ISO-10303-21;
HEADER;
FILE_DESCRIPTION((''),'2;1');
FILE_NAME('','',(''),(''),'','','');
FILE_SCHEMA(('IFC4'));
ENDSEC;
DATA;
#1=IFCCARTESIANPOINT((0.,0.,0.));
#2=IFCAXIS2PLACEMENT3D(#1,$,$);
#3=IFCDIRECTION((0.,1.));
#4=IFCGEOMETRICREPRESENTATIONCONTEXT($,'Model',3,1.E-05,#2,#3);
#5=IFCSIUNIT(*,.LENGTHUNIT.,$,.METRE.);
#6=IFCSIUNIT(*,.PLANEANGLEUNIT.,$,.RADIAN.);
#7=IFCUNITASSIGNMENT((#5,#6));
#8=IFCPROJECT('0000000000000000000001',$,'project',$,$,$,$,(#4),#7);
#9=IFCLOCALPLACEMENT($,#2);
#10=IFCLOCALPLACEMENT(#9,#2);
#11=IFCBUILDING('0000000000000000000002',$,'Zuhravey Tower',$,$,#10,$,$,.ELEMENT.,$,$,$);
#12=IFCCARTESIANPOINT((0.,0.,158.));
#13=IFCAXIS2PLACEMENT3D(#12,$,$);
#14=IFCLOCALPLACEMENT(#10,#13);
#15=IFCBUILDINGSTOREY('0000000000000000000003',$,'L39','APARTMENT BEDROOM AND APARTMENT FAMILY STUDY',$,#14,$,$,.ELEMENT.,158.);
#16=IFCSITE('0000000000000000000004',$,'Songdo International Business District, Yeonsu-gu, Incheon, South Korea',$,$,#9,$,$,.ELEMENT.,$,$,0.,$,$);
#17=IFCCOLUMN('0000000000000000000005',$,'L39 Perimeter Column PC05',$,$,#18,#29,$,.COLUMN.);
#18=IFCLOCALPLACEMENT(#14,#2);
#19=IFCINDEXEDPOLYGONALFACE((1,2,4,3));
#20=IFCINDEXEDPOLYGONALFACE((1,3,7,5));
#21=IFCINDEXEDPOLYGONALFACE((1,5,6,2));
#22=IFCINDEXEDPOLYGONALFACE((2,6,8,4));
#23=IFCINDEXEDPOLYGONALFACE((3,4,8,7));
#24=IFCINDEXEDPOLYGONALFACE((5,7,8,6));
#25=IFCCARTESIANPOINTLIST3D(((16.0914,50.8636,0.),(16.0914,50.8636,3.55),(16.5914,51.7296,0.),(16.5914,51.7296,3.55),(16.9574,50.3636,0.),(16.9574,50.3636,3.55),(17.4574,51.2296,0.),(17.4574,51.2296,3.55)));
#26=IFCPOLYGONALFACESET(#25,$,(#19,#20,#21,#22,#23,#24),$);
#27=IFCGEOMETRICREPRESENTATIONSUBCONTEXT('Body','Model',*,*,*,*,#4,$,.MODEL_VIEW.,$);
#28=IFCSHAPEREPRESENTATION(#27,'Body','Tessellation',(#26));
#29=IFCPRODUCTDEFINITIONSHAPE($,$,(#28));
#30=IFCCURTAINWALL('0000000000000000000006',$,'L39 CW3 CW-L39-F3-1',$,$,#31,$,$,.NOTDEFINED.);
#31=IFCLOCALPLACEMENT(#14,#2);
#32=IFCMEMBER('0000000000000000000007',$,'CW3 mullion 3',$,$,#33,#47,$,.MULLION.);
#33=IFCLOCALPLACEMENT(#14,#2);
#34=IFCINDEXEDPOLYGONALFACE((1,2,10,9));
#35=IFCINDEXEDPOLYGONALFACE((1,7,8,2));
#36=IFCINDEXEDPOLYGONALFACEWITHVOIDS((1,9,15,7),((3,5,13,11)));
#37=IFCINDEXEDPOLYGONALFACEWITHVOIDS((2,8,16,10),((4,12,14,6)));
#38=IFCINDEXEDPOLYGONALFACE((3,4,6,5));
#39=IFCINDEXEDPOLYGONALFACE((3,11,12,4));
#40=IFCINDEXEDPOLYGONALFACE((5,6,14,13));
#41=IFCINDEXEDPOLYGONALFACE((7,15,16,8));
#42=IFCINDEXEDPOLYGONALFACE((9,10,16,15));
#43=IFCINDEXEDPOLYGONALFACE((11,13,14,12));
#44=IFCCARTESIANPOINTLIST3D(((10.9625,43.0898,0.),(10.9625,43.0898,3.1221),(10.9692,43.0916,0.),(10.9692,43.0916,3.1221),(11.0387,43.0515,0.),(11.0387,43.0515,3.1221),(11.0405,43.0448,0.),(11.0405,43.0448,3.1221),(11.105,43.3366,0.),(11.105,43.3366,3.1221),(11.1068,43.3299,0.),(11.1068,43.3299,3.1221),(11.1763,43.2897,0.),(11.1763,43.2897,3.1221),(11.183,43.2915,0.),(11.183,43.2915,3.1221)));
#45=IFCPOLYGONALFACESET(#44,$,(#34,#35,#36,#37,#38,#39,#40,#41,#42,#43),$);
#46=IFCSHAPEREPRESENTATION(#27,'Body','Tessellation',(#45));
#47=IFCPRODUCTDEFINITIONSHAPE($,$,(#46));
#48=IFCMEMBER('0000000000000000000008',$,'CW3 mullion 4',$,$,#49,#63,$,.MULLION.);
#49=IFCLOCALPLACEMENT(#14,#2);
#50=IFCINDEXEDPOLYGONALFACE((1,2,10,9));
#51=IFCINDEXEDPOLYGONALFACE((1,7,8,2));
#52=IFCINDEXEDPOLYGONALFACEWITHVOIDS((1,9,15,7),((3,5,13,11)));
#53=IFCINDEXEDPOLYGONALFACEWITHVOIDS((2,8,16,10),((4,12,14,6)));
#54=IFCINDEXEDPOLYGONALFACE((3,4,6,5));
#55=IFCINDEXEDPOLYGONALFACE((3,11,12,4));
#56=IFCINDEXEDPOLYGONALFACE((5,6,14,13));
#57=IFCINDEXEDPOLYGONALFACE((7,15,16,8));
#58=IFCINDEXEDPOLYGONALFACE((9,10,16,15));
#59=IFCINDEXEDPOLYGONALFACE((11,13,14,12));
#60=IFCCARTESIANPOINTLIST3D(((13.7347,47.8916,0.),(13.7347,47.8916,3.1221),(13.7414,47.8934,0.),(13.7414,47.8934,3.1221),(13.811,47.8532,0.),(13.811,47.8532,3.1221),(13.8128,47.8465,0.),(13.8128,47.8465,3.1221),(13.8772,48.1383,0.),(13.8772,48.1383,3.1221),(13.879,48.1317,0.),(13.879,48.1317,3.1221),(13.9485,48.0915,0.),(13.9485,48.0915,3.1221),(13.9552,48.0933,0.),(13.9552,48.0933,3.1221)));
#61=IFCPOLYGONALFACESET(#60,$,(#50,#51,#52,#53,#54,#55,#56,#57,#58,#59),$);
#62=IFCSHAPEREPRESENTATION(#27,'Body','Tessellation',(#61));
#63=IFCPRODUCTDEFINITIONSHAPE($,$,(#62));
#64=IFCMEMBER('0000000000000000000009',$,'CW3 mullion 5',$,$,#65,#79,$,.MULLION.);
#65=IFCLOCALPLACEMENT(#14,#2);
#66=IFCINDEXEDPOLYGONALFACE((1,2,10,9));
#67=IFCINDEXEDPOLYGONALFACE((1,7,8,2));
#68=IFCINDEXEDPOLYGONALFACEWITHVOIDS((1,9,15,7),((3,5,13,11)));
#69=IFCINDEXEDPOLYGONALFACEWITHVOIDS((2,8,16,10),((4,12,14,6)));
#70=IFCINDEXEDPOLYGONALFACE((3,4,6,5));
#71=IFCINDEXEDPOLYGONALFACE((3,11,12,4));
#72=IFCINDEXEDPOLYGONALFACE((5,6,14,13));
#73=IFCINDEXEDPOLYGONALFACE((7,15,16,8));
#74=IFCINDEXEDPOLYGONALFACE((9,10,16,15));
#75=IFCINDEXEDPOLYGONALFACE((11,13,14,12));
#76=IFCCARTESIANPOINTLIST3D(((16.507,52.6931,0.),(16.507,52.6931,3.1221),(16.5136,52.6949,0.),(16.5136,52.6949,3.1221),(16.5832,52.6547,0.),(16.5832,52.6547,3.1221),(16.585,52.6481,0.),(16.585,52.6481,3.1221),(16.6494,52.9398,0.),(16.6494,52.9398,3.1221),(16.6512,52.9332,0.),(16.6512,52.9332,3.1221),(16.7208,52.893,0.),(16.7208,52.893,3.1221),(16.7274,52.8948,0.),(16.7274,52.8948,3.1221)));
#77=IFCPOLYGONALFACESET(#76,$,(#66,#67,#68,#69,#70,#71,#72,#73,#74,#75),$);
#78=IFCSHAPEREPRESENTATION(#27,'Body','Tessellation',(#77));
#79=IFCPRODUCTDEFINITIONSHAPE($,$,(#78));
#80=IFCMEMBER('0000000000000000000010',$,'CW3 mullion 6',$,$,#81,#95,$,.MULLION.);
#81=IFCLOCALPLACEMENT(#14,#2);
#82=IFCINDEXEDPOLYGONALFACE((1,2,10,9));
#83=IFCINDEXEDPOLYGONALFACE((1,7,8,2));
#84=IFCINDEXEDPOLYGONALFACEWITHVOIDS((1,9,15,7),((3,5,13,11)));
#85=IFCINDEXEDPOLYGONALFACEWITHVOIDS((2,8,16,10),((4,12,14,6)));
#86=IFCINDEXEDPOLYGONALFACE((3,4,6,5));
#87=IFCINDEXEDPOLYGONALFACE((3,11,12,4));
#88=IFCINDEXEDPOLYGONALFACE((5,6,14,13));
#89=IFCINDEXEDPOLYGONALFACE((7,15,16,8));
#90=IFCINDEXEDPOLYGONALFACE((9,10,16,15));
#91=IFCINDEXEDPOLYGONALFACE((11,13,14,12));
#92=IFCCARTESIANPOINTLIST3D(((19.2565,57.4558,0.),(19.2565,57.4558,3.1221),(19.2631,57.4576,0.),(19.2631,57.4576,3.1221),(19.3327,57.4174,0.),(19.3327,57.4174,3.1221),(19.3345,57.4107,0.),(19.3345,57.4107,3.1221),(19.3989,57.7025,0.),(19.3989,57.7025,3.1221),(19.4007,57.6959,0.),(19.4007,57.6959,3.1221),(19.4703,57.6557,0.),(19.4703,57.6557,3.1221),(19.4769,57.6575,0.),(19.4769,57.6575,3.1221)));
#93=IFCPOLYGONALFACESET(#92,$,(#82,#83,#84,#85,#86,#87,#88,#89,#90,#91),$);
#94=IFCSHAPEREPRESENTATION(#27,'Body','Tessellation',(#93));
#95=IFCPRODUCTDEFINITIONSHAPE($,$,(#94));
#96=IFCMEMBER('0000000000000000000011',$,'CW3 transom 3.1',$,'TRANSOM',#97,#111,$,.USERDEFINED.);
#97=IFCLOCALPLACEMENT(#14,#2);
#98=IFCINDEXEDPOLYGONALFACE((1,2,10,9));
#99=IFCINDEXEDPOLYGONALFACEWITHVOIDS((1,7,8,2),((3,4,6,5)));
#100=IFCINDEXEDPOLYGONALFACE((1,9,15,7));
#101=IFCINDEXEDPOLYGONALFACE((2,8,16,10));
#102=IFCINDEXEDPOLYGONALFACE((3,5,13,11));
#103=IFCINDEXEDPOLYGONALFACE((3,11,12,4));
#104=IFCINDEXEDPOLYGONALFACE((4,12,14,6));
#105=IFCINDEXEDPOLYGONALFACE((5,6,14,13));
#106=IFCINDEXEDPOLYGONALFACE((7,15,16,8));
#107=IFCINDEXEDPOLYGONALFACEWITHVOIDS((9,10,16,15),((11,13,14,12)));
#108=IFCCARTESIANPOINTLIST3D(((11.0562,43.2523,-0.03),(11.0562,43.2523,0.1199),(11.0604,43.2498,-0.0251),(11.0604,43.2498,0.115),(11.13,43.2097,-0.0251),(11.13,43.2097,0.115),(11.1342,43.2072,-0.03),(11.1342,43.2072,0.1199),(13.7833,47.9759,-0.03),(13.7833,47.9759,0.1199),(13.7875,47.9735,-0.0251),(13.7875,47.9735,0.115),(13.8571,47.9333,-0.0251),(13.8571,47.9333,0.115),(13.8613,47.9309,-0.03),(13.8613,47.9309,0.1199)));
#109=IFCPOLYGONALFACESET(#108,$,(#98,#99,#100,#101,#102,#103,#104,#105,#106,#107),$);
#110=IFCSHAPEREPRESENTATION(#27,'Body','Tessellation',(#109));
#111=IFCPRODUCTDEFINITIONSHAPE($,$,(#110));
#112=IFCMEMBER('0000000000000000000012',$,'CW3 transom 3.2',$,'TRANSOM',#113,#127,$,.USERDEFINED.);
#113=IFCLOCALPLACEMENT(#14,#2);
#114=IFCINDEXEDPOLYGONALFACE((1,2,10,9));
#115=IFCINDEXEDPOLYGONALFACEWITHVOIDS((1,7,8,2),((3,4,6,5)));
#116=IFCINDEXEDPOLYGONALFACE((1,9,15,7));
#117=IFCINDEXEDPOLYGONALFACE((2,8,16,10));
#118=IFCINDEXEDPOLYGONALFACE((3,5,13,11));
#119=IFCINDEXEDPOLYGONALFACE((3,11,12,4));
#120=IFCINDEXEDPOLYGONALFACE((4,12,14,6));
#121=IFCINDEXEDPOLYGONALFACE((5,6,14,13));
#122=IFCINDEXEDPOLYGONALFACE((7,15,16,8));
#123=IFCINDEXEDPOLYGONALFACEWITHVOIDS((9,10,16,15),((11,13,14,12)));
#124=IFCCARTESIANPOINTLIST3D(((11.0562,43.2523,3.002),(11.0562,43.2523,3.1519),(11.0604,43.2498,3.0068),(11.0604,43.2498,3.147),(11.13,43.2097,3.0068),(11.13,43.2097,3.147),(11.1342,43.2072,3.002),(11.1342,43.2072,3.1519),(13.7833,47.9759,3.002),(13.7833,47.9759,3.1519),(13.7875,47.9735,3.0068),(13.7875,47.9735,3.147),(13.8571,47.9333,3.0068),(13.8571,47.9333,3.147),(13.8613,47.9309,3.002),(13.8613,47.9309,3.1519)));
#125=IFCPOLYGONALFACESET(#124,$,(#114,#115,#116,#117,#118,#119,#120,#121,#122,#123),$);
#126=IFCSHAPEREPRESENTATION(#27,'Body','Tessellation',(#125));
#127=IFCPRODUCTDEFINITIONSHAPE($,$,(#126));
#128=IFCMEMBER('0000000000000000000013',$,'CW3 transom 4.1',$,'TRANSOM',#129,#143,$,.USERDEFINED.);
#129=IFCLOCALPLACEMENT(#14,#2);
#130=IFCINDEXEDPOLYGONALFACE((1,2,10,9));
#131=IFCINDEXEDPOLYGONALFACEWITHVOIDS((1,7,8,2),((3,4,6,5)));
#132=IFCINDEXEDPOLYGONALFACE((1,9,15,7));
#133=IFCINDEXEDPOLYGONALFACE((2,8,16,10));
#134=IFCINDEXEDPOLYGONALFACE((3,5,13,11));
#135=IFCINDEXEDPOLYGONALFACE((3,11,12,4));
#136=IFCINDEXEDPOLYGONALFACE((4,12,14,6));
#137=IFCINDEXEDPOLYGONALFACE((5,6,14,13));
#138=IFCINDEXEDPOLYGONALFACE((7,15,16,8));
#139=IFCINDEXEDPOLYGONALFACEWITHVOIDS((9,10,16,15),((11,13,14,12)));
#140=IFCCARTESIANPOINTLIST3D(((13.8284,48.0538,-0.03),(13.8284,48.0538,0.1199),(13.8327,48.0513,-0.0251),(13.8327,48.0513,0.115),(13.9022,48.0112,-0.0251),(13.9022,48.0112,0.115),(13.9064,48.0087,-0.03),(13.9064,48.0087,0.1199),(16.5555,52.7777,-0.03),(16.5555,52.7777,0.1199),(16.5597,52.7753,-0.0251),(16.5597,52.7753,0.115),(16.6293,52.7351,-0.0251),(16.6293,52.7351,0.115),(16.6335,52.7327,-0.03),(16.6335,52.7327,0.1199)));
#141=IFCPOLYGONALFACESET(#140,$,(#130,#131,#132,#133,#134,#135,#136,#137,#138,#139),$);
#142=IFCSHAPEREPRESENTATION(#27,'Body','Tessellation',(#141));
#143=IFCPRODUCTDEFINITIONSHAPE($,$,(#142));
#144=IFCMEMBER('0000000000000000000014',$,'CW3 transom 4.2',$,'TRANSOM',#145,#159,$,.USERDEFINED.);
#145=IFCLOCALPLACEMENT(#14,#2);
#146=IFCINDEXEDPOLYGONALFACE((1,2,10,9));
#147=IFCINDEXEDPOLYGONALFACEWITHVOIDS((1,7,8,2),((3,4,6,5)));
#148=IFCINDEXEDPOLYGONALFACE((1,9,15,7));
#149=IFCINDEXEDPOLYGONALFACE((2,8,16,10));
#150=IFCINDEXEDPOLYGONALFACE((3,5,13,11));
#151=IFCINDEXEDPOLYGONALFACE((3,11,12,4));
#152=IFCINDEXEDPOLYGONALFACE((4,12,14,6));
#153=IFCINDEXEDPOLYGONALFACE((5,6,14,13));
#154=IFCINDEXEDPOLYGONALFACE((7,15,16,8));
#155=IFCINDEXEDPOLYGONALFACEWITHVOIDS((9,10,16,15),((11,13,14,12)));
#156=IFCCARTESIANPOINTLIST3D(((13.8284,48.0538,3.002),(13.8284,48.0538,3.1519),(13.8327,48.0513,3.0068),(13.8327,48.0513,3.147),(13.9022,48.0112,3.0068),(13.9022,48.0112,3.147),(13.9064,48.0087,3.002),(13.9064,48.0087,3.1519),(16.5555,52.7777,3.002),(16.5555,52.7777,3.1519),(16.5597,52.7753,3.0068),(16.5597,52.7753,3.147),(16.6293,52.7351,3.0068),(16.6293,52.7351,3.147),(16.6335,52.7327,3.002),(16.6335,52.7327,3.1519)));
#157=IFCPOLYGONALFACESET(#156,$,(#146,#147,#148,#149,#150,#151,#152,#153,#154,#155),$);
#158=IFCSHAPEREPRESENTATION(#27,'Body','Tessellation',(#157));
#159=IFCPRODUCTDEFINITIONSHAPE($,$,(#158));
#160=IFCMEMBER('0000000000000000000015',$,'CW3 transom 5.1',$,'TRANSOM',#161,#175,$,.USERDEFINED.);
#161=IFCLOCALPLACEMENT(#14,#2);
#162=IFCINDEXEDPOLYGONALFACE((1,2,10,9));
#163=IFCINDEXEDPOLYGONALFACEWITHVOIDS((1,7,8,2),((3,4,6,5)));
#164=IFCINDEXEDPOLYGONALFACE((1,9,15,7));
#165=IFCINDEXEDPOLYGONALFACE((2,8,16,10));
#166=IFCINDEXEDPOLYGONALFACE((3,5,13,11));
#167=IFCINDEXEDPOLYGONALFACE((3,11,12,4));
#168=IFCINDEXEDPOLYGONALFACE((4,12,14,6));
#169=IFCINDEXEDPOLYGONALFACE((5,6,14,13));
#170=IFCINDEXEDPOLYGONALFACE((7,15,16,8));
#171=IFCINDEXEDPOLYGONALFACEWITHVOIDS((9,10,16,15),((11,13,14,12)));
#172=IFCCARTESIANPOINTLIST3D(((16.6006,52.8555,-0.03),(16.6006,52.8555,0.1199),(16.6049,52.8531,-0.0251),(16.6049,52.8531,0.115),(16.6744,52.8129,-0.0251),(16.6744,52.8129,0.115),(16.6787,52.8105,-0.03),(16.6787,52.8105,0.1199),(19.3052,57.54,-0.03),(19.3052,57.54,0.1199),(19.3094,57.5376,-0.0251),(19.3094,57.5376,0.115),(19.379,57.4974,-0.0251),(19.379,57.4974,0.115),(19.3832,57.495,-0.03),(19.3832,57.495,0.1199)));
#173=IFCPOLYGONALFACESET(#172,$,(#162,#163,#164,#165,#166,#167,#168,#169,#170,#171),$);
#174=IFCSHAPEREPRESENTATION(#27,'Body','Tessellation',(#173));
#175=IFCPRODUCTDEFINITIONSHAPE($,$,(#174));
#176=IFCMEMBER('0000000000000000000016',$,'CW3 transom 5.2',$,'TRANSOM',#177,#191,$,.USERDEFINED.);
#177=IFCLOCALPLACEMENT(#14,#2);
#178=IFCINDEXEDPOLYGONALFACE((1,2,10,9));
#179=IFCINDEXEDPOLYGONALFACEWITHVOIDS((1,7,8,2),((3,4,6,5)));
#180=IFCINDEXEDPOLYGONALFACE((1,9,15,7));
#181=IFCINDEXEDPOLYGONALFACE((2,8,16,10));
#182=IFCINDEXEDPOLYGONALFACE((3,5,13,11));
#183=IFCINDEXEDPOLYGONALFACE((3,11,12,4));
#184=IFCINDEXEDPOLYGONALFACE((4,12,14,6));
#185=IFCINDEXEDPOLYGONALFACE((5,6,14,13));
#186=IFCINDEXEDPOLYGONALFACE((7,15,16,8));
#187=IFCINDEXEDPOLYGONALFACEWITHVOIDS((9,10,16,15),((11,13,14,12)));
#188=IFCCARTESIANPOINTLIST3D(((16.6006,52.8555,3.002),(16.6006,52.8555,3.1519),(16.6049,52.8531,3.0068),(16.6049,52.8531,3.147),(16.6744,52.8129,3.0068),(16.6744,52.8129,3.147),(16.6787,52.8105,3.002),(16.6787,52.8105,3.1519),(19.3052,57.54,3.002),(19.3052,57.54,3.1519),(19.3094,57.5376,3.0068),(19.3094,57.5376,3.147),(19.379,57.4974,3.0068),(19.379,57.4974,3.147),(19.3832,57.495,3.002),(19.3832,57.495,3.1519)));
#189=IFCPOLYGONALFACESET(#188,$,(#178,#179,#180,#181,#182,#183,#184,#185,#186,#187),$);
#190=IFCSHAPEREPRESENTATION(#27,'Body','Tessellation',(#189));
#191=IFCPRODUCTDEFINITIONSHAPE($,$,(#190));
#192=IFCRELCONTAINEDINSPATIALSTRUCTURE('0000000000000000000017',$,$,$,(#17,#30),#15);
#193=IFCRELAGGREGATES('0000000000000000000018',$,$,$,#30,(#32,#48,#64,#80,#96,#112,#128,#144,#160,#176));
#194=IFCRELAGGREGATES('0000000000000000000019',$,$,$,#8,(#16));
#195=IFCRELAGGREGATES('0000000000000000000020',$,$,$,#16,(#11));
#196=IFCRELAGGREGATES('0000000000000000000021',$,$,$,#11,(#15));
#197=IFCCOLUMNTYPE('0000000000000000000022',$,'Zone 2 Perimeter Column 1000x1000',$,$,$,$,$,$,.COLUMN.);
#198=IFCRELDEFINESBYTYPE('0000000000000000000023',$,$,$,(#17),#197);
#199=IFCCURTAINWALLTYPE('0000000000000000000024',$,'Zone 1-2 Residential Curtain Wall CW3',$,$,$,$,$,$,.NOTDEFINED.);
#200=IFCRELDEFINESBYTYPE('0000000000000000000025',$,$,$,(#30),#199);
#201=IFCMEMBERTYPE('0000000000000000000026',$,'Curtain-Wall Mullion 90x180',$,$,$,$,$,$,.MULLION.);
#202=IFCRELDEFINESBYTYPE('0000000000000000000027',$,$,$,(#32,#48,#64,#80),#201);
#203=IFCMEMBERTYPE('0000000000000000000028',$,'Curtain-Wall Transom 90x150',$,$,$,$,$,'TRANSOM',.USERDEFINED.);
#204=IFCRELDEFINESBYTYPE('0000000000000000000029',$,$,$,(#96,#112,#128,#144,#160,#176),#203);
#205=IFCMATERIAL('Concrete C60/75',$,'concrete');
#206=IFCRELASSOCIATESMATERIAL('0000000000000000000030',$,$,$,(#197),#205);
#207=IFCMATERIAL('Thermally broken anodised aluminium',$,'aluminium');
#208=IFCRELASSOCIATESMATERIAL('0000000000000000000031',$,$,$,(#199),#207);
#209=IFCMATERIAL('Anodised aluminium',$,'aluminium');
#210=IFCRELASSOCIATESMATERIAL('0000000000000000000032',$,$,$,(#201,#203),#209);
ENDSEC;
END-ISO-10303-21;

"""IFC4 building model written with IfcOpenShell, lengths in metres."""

from ifc_helpers import new_model, si_unit, direction, frame, origin, origin_2d, place, context, subcontext, project, spatial, rectangle, hollow_rectangle, extrude, material, material_profile, profile_set, type_object, element, aggregate, save


model = new_model("IFC4")

# Units and contexts
model_context = context("Model", 3, precision=1e-05, world=origin(), true_north=direction((0.0, 1.0)))
body_context = subcontext(model_context, "Body", "Model", "MODEL_VIEW")
ifc_project = project(units=[si_unit("LENGTHUNIT", "METRE"), si_unit("PLANEANGLEUNIT", "RADIAN")], contexts=[model_context])

# Site, building, storey
site_placement = place(None, origin())
site = spatial("IfcSite", under=ifc_project, at=site_placement, Name="Songdo International Business District, Yeonsu-gu, Incheon, South Korea", CompositionType="ELEMENT", RefElevation=0.0)
building_placement = place(site_placement, origin())
building = spatial("IfcBuilding", under=site, at=building_placement, Name="Zuhravey Tower", CompositionType="ELEMENT")
storey_placement = place(building_placement, frame((0.0, 0.0, 158.0)))
storey = spatial("IfcBuildingStorey", under=building, at=storey_placement, Name="L39", Description="APARTMENT BEDROOM AND APARTMENT FAMILY STUDY", CompositionType="ELEMENT", Elevation=158.0)

# Column
ifc_material_1 = material(Name="Concrete C60/75", Category="concrete")
ifc_material_profile_1 = material_profile(ifc_material_1, rectangle(XDim=1.0, YDim=1.0, at=origin_2d()), Name="RC-1000x1000")
ifc_profile_set_1 = profile_set([ifc_material_profile_1], Name="Concrete C60/75")
column_type = type_object("IfcColumnType", Name="Zone 2 Perimeter Column 1000x1000", PredefinedType="COLUMN", material=ifc_profile_set_1)
column_placement = place(storey_placement, frame((16.7744, 51.0466, 0.0), z_axis=(0.0, 0.0, 1.0), x_axis=(-0.5, -0.866025, 0.0)))
element("IfcColumn", 1, at=column_placement, inside=storey, type_object=column_type, Name="L39 Perimeter Column PC05", PredefinedType="COLUMN", context=body_context, shape_type="SweptSolid", body=[
    extrude(rectangle(XDim=1.0, YDim=1.0, at=origin_2d()), origin(), (0.0, 0.0, 1.0), 3.55),
])

# Curtain wall, members
ifc_material_2 = material(Name="Thermally broken anodised aluminium", Category="aluminium")
curtain_wall_type = type_object("IfcCurtainWallType", Name="Zone 1-2 Residential Curtain Wall CW3", PredefinedType="NOTDEFINED", material=ifc_material_2)
curtain_wall_placement = place(storey_placement, origin())
curtain_wall = element("IfcCurtainWall", 2, at=curtain_wall_placement, inside=storey, type_object=curtain_wall_type, Name="L39 CW3 CW-L39-F3-1", PredefinedType="NOTDEFINED")
ifc_material_3 = material(Name="Anodised aluminium", Category="aluminium")
ifc_material_profile_2 = material_profile(ifc_material_3, hollow_rectangle(XDim=0.0901, YDim=0.2849, WallThickness=0.0049, at=origin_2d()), Name="ALU-RHS-90x285x5")
ifc_profile_set_2 = profile_set([ifc_material_profile_2], Name="Anodised aluminium")
member_type_1 = type_object("IfcMemberType", Name="Curtain-Wall Mullion 90x180", PredefinedType="MULLION", material=ifc_profile_set_2)
member_1_placement = place(storey_placement, frame((11.0728, 43.1907, 0.0), z_axis=(0.0, 0.0, 1.0), x_axis=(-0.866025, 0.5, 0.0)))
member_1 = element("IfcMember", 3, at=member_1_placement, type_object=member_type_1, Name="CW3 mullion 3", PredefinedType="MULLION", context=body_context, shape_type="SweptSolid", body=[
    extrude(hollow_rectangle(XDim=0.0901, YDim=0.2849, WallThickness=0.0049, at=origin_2d()), origin(), (0.0, 0.0, 1.0), 3.1221),
])
member_2_placement = place(storey_placement, frame((13.845, 47.9924, 0.0), z_axis=(0.0, 0.0, 1.0), x_axis=(-0.866025, 0.5, 0.0)))
member_2 = element("IfcMember", 4, at=member_2_placement, type_object=member_type_1, Name="CW3 mullion 4", PredefinedType="MULLION", context=body_context, shape_type="SweptSolid", body=[
    extrude(hollow_rectangle(XDim=0.0901, YDim=0.2849, WallThickness=0.0049, at=origin_2d()), origin(), (0.0, 0.0, 1.0), 3.1221),
])
member_3_placement = place(storey_placement, frame((16.6172, 52.7939, 0.0), z_axis=(0.0, 0.0, 1.0), x_axis=(-0.866025, 0.5, 0.0)))
member_3 = element("IfcMember", 5, at=member_3_placement, type_object=member_type_1, Name="CW3 mullion 5", PredefinedType="MULLION", context=body_context, shape_type="SweptSolid", body=[
    extrude(hollow_rectangle(XDim=0.0901, YDim=0.2849, WallThickness=0.0049, at=origin_2d()), origin(), (0.0, 0.0, 1.0), 3.1221),
])
member_4_placement = place(storey_placement, frame((19.3667, 57.5566, 0.0), z_axis=(0.0, 0.0, 1.0), x_axis=(-0.866025, 0.5, 0.0)))
member_4 = element("IfcMember", 6, at=member_4_placement, type_object=member_type_1, Name="CW3 mullion 6", PredefinedType="MULLION", context=body_context, shape_type="SweptSolid", body=[
    extrude(hollow_rectangle(XDim=0.0901, YDim=0.2849, WallThickness=0.0049, at=origin_2d()), origin(), (0.0, 0.0, 1.0), 3.1221),
])
ifc_material_profile_3 = material_profile(ifc_material_3, hollow_rectangle(XDim=0.0901, YDim=0.1499, WallThickness=0.0049, at=origin_2d()), Name="ALU-RHS-90x150x5")
ifc_profile_set_3 = profile_set([ifc_material_profile_3], Name="Anodised aluminium")
member_type_2 = type_object("IfcMemberType", Name="Curtain-Wall Transom 90x150", ElementType="TRANSOM", PredefinedType="USERDEFINED", material=ifc_profile_set_3)
member_5_placement = place(storey_placement, frame((11.0952, 43.2297, 0.0449), z_axis=(0.499981, 0.866037, 0.0), x_axis=(-0.866037, 0.499981, 0.0)))
member_5 = element("IfcMember", 7, at=member_5_placement, type_object=member_type_2, Name="CW3 transom 3.1", ObjectType="TRANSOM", PredefinedType="USERDEFINED", context=body_context, shape_type="SweptSolid", body=[
    extrude(hollow_rectangle(XDim=0.0901, YDim=0.1499, WallThickness=0.0049, at=origin_2d()), origin(), (0.0, 0.0, 1.0), 5.4543),
])
member_6_placement = place(storey_placement, frame((11.0952, 43.2297, 3.0769), z_axis=(0.499981, 0.866037, 0.0), x_axis=(-0.866037, 0.499981, 0.0)))
member_6 = element("IfcMember", 8, at=member_6_placement, type_object=member_type_2, Name="CW3 transom 3.2", ObjectType="TRANSOM", PredefinedType="USERDEFINED", context=body_context, shape_type="SweptSolid", body=[
    extrude(hollow_rectangle(XDim=0.0901, YDim=0.1499, WallThickness=0.0049, at=origin_2d()), origin(), (0.0, 0.0, 1.0), 5.4543),
])
member_7_placement = place(storey_placement, frame((13.8674, 48.0312, 0.0449), z_axis=(0.499961, 0.866048, 0.0), x_axis=(-0.866048, 0.499961, 0.0)))
member_7 = element("IfcMember", 9, at=member_7_placement, type_object=member_type_2, Name="CW3 transom 4.1", ObjectType="TRANSOM", PredefinedType="USERDEFINED", context=body_context, shape_type="SweptSolid", body=[
    extrude(hollow_rectangle(XDim=0.0901, YDim=0.1499, WallThickness=0.0049, at=origin_2d()), origin(), (0.0, 0.0, 1.0), 5.4546),
])
member_8_placement = place(storey_placement, frame((13.8674, 48.0312, 3.0769), z_axis=(0.499961, 0.866048, 0.0), x_axis=(-0.866048, 0.499961, 0.0)))
member_8 = element("IfcMember", 10, at=member_8_placement, type_object=member_type_2, Name="CW3 transom 4.2", ObjectType="TRANSOM", PredefinedType="USERDEFINED", context=body_context, shape_type="SweptSolid", body=[
    extrude(hollow_rectangle(XDim=0.0901, YDim=0.1499, WallThickness=0.0049, at=origin_2d()), origin(), (0.0, 0.0, 1.0), 5.4546),
])
member_9_placement = place(storey_placement, frame((16.6396, 52.833, 0.0449), z_axis=(0.499993, 0.866029, 0.0), x_axis=(-0.866029, 0.499993, 0.0)))
member_9 = element("IfcMember", 11, at=member_9_placement, type_object=member_type_2, Name="CW3 transom 5.1", ObjectType="TRANSOM", PredefinedType="USERDEFINED", context=body_context, shape_type="SweptSolid", body=[
    extrude(hollow_rectangle(XDim=0.0901, YDim=0.1499, WallThickness=0.0049, at=origin_2d()), origin(), (0.0, 0.0, 1.0), 5.4092),
])
member_10_placement = place(storey_placement, frame((16.6396, 52.833, 3.0769), z_axis=(0.499993, 0.866029, 0.0), x_axis=(-0.866029, 0.499993, 0.0)))
member_10 = element("IfcMember", 12, at=member_10_placement, type_object=member_type_2, Name="CW3 transom 5.2", ObjectType="TRANSOM", PredefinedType="USERDEFINED", context=body_context, shape_type="SweptSolid", body=[
    extrude(hollow_rectangle(XDim=0.0901, YDim=0.1499, WallThickness=0.0049, at=origin_2d()), origin(), (0.0, 0.0, 1.0), 5.4092),
])

aggregate(curtain_wall, [member_1, member_2, member_3, member_4, member_5, member_6, member_7, member_8, member_9, member_10])

save(model, "model.ifc")
